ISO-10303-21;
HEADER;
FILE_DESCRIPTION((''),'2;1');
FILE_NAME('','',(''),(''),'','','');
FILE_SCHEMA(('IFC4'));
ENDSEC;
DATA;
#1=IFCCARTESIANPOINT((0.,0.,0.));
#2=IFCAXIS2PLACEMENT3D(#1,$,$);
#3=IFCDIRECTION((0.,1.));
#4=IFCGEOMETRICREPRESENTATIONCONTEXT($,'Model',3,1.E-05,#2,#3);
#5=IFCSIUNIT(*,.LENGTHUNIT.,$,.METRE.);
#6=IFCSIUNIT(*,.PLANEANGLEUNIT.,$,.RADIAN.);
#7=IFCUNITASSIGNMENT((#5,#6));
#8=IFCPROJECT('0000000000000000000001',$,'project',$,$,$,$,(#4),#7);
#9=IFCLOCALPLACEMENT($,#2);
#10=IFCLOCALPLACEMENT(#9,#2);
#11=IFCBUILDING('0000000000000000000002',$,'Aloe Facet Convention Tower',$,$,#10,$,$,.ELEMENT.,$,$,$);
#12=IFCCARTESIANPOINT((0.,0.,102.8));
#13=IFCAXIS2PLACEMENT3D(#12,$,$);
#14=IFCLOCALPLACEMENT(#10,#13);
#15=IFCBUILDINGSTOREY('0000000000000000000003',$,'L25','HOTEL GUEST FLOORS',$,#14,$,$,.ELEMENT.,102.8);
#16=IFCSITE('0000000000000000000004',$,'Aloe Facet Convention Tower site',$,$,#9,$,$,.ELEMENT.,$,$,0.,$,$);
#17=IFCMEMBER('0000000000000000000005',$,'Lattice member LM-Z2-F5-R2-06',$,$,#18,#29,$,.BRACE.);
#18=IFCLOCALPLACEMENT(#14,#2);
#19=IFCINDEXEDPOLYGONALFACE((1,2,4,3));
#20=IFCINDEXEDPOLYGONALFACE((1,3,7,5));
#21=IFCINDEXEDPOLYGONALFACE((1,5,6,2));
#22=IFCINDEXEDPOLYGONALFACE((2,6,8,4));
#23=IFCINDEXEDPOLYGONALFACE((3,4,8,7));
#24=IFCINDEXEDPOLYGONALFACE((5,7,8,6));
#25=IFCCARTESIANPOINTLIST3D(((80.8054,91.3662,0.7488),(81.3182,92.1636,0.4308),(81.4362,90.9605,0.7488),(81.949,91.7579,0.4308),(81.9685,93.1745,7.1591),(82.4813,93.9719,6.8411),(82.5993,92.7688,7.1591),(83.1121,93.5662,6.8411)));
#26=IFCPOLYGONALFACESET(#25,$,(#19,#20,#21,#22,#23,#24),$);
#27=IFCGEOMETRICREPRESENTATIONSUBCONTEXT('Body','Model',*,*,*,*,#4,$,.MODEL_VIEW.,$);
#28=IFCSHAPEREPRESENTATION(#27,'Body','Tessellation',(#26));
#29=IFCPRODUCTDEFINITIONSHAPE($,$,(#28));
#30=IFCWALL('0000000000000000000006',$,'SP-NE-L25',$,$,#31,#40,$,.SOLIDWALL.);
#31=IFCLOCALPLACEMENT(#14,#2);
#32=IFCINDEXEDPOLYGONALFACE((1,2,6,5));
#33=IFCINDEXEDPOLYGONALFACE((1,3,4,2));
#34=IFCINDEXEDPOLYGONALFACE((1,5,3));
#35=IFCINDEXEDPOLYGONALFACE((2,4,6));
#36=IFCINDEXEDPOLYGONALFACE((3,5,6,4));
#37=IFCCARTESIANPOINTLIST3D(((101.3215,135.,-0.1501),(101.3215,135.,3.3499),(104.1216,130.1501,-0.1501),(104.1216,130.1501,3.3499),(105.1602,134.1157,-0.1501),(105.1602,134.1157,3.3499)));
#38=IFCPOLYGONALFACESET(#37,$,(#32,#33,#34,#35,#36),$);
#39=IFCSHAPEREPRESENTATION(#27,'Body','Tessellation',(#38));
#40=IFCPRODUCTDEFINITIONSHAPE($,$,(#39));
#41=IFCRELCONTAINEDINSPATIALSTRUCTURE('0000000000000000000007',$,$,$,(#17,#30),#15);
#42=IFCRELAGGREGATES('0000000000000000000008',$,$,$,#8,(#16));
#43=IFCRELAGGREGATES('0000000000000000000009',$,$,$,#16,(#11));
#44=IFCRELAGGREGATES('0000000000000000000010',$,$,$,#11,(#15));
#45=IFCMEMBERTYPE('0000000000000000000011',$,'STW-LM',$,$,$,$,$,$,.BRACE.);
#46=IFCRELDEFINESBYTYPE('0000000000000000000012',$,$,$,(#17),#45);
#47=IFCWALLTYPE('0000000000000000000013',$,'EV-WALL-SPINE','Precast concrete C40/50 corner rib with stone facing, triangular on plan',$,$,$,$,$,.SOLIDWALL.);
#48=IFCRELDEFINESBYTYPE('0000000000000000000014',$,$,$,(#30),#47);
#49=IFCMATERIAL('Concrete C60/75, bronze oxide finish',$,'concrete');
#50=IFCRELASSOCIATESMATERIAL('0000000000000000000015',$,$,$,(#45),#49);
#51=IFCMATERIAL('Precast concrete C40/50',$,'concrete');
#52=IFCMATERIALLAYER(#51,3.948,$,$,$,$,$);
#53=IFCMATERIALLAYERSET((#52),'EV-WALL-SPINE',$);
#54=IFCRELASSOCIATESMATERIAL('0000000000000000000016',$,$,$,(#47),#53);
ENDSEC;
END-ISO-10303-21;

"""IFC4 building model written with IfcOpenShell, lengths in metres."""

from ifc_helpers import new_model, si_unit, direction, frame, origin, origin_2d, place, context, subcontext, project, spatial, polyline, rectangle, outline, extrude, material, layer, layer_set, material_profile, profile_set, type_object, element, save


model = new_model("IFC4")

# Units and contexts
model_context = context("Model", 3, precision=1e-05, world=origin(), true_north=direction((0.0, 1.0)))
body_context = subcontext(model_context, "Body", "Model", "MODEL_VIEW")
ifc_project = project(units=[si_unit("LENGTHUNIT", "METRE"), si_unit("PLANEANGLEUNIT", "RADIAN")], contexts=[model_context])

# Site, building, storey
site_placement = place(None, origin())
site = spatial("IfcSite", under=ifc_project, at=site_placement, Name="Aloe Facet Convention Tower site", CompositionType="ELEMENT", RefElevation=0.0)
building_placement = place(site_placement, origin())
building = spatial("IfcBuilding", under=site, at=building_placement, Name="Aloe Facet Convention Tower", CompositionType="ELEMENT")
storey_placement = place(building_placement, frame((0.0, 0.0, 102.8)))
storey = spatial("IfcBuildingStorey", under=building, at=storey_placement, Name="L25", Description="HOTEL GUEST FLOORS", CompositionType="ELEMENT", Elevation=102.8)

# Member
ifc_material_1 = material(Name="Concrete C60/75, bronze oxide finish", Category="concrete")
ifc_material_profile_1 = material_profile(ifc_material_1, rectangle(XDim=0.75, YDim=1.0, at=origin_2d()), Name="STW-LM")
ifc_profile_set_1 = profile_set([ifc_material_profile_1], Name="Concrete C60/75, bronze oxide finish")
member_type = type_object("IfcMemberType", Name="STW-LM", PredefinedType="BRACE", material=ifc_profile_set_1)
for number, where, z_axis, x_axis, name in (
    (1, (81.3772, 91.562, 0.5898), (0.172025, 0.267462, 0.948088), (-0.841057, 0.540947, 0.0), "Lattice member LM-Z2-F5-R2-06"),
):
    element("IfcMember", number, at=place(storey_placement, frame(where, z_axis=z_axis, x_axis=x_axis)), inside=storey, type_object=member_type, Name=name, PredefinedType="BRACE", context=body_context, shape_type="SweptSolid", body=[
        extrude(rectangle(XDim=0.75, YDim=1.0, at=origin_2d()), origin(), (0.0, 0.0, 1.0), 6.7612),
    ])

# Wall
ifc_material_2 = material(Name="Precast concrete C40/50", Category="concrete")
ifc_layer_1 = layer(ifc_material_2, 3.948)
ifc_layer_set_1 = layer_set([ifc_layer_1], Name="EV-WALL-SPINE")
wall_type_1 = type_object("IfcWallType", Name="EV-WALL-SPINE", Description="Precast concrete C40/50 corner rib with stone facing, triangular on plan", PredefinedType="SOLIDWALL", material=ifc_layer_set_1)
wall_1_placement = place(storey_placement, frame((0.0, 0.0, -0.1501)))
element("IfcWall", 2, at=wall_1_placement, inside=storey, type_object=wall_type_1, Name="SP-NE-L25", PredefinedType="SOLIDWALL", context=body_context, shape_type="SweptSolid", body=[
    extrude(outline(polyline([(104.1216, 130.1501), (105.1602, 134.1157), (101.3215, 135.0), (104.1216, 130.1501)])), origin(), (0.0, 0.0, 1.0), 3.5),
])

save(model, "model.ifc")
